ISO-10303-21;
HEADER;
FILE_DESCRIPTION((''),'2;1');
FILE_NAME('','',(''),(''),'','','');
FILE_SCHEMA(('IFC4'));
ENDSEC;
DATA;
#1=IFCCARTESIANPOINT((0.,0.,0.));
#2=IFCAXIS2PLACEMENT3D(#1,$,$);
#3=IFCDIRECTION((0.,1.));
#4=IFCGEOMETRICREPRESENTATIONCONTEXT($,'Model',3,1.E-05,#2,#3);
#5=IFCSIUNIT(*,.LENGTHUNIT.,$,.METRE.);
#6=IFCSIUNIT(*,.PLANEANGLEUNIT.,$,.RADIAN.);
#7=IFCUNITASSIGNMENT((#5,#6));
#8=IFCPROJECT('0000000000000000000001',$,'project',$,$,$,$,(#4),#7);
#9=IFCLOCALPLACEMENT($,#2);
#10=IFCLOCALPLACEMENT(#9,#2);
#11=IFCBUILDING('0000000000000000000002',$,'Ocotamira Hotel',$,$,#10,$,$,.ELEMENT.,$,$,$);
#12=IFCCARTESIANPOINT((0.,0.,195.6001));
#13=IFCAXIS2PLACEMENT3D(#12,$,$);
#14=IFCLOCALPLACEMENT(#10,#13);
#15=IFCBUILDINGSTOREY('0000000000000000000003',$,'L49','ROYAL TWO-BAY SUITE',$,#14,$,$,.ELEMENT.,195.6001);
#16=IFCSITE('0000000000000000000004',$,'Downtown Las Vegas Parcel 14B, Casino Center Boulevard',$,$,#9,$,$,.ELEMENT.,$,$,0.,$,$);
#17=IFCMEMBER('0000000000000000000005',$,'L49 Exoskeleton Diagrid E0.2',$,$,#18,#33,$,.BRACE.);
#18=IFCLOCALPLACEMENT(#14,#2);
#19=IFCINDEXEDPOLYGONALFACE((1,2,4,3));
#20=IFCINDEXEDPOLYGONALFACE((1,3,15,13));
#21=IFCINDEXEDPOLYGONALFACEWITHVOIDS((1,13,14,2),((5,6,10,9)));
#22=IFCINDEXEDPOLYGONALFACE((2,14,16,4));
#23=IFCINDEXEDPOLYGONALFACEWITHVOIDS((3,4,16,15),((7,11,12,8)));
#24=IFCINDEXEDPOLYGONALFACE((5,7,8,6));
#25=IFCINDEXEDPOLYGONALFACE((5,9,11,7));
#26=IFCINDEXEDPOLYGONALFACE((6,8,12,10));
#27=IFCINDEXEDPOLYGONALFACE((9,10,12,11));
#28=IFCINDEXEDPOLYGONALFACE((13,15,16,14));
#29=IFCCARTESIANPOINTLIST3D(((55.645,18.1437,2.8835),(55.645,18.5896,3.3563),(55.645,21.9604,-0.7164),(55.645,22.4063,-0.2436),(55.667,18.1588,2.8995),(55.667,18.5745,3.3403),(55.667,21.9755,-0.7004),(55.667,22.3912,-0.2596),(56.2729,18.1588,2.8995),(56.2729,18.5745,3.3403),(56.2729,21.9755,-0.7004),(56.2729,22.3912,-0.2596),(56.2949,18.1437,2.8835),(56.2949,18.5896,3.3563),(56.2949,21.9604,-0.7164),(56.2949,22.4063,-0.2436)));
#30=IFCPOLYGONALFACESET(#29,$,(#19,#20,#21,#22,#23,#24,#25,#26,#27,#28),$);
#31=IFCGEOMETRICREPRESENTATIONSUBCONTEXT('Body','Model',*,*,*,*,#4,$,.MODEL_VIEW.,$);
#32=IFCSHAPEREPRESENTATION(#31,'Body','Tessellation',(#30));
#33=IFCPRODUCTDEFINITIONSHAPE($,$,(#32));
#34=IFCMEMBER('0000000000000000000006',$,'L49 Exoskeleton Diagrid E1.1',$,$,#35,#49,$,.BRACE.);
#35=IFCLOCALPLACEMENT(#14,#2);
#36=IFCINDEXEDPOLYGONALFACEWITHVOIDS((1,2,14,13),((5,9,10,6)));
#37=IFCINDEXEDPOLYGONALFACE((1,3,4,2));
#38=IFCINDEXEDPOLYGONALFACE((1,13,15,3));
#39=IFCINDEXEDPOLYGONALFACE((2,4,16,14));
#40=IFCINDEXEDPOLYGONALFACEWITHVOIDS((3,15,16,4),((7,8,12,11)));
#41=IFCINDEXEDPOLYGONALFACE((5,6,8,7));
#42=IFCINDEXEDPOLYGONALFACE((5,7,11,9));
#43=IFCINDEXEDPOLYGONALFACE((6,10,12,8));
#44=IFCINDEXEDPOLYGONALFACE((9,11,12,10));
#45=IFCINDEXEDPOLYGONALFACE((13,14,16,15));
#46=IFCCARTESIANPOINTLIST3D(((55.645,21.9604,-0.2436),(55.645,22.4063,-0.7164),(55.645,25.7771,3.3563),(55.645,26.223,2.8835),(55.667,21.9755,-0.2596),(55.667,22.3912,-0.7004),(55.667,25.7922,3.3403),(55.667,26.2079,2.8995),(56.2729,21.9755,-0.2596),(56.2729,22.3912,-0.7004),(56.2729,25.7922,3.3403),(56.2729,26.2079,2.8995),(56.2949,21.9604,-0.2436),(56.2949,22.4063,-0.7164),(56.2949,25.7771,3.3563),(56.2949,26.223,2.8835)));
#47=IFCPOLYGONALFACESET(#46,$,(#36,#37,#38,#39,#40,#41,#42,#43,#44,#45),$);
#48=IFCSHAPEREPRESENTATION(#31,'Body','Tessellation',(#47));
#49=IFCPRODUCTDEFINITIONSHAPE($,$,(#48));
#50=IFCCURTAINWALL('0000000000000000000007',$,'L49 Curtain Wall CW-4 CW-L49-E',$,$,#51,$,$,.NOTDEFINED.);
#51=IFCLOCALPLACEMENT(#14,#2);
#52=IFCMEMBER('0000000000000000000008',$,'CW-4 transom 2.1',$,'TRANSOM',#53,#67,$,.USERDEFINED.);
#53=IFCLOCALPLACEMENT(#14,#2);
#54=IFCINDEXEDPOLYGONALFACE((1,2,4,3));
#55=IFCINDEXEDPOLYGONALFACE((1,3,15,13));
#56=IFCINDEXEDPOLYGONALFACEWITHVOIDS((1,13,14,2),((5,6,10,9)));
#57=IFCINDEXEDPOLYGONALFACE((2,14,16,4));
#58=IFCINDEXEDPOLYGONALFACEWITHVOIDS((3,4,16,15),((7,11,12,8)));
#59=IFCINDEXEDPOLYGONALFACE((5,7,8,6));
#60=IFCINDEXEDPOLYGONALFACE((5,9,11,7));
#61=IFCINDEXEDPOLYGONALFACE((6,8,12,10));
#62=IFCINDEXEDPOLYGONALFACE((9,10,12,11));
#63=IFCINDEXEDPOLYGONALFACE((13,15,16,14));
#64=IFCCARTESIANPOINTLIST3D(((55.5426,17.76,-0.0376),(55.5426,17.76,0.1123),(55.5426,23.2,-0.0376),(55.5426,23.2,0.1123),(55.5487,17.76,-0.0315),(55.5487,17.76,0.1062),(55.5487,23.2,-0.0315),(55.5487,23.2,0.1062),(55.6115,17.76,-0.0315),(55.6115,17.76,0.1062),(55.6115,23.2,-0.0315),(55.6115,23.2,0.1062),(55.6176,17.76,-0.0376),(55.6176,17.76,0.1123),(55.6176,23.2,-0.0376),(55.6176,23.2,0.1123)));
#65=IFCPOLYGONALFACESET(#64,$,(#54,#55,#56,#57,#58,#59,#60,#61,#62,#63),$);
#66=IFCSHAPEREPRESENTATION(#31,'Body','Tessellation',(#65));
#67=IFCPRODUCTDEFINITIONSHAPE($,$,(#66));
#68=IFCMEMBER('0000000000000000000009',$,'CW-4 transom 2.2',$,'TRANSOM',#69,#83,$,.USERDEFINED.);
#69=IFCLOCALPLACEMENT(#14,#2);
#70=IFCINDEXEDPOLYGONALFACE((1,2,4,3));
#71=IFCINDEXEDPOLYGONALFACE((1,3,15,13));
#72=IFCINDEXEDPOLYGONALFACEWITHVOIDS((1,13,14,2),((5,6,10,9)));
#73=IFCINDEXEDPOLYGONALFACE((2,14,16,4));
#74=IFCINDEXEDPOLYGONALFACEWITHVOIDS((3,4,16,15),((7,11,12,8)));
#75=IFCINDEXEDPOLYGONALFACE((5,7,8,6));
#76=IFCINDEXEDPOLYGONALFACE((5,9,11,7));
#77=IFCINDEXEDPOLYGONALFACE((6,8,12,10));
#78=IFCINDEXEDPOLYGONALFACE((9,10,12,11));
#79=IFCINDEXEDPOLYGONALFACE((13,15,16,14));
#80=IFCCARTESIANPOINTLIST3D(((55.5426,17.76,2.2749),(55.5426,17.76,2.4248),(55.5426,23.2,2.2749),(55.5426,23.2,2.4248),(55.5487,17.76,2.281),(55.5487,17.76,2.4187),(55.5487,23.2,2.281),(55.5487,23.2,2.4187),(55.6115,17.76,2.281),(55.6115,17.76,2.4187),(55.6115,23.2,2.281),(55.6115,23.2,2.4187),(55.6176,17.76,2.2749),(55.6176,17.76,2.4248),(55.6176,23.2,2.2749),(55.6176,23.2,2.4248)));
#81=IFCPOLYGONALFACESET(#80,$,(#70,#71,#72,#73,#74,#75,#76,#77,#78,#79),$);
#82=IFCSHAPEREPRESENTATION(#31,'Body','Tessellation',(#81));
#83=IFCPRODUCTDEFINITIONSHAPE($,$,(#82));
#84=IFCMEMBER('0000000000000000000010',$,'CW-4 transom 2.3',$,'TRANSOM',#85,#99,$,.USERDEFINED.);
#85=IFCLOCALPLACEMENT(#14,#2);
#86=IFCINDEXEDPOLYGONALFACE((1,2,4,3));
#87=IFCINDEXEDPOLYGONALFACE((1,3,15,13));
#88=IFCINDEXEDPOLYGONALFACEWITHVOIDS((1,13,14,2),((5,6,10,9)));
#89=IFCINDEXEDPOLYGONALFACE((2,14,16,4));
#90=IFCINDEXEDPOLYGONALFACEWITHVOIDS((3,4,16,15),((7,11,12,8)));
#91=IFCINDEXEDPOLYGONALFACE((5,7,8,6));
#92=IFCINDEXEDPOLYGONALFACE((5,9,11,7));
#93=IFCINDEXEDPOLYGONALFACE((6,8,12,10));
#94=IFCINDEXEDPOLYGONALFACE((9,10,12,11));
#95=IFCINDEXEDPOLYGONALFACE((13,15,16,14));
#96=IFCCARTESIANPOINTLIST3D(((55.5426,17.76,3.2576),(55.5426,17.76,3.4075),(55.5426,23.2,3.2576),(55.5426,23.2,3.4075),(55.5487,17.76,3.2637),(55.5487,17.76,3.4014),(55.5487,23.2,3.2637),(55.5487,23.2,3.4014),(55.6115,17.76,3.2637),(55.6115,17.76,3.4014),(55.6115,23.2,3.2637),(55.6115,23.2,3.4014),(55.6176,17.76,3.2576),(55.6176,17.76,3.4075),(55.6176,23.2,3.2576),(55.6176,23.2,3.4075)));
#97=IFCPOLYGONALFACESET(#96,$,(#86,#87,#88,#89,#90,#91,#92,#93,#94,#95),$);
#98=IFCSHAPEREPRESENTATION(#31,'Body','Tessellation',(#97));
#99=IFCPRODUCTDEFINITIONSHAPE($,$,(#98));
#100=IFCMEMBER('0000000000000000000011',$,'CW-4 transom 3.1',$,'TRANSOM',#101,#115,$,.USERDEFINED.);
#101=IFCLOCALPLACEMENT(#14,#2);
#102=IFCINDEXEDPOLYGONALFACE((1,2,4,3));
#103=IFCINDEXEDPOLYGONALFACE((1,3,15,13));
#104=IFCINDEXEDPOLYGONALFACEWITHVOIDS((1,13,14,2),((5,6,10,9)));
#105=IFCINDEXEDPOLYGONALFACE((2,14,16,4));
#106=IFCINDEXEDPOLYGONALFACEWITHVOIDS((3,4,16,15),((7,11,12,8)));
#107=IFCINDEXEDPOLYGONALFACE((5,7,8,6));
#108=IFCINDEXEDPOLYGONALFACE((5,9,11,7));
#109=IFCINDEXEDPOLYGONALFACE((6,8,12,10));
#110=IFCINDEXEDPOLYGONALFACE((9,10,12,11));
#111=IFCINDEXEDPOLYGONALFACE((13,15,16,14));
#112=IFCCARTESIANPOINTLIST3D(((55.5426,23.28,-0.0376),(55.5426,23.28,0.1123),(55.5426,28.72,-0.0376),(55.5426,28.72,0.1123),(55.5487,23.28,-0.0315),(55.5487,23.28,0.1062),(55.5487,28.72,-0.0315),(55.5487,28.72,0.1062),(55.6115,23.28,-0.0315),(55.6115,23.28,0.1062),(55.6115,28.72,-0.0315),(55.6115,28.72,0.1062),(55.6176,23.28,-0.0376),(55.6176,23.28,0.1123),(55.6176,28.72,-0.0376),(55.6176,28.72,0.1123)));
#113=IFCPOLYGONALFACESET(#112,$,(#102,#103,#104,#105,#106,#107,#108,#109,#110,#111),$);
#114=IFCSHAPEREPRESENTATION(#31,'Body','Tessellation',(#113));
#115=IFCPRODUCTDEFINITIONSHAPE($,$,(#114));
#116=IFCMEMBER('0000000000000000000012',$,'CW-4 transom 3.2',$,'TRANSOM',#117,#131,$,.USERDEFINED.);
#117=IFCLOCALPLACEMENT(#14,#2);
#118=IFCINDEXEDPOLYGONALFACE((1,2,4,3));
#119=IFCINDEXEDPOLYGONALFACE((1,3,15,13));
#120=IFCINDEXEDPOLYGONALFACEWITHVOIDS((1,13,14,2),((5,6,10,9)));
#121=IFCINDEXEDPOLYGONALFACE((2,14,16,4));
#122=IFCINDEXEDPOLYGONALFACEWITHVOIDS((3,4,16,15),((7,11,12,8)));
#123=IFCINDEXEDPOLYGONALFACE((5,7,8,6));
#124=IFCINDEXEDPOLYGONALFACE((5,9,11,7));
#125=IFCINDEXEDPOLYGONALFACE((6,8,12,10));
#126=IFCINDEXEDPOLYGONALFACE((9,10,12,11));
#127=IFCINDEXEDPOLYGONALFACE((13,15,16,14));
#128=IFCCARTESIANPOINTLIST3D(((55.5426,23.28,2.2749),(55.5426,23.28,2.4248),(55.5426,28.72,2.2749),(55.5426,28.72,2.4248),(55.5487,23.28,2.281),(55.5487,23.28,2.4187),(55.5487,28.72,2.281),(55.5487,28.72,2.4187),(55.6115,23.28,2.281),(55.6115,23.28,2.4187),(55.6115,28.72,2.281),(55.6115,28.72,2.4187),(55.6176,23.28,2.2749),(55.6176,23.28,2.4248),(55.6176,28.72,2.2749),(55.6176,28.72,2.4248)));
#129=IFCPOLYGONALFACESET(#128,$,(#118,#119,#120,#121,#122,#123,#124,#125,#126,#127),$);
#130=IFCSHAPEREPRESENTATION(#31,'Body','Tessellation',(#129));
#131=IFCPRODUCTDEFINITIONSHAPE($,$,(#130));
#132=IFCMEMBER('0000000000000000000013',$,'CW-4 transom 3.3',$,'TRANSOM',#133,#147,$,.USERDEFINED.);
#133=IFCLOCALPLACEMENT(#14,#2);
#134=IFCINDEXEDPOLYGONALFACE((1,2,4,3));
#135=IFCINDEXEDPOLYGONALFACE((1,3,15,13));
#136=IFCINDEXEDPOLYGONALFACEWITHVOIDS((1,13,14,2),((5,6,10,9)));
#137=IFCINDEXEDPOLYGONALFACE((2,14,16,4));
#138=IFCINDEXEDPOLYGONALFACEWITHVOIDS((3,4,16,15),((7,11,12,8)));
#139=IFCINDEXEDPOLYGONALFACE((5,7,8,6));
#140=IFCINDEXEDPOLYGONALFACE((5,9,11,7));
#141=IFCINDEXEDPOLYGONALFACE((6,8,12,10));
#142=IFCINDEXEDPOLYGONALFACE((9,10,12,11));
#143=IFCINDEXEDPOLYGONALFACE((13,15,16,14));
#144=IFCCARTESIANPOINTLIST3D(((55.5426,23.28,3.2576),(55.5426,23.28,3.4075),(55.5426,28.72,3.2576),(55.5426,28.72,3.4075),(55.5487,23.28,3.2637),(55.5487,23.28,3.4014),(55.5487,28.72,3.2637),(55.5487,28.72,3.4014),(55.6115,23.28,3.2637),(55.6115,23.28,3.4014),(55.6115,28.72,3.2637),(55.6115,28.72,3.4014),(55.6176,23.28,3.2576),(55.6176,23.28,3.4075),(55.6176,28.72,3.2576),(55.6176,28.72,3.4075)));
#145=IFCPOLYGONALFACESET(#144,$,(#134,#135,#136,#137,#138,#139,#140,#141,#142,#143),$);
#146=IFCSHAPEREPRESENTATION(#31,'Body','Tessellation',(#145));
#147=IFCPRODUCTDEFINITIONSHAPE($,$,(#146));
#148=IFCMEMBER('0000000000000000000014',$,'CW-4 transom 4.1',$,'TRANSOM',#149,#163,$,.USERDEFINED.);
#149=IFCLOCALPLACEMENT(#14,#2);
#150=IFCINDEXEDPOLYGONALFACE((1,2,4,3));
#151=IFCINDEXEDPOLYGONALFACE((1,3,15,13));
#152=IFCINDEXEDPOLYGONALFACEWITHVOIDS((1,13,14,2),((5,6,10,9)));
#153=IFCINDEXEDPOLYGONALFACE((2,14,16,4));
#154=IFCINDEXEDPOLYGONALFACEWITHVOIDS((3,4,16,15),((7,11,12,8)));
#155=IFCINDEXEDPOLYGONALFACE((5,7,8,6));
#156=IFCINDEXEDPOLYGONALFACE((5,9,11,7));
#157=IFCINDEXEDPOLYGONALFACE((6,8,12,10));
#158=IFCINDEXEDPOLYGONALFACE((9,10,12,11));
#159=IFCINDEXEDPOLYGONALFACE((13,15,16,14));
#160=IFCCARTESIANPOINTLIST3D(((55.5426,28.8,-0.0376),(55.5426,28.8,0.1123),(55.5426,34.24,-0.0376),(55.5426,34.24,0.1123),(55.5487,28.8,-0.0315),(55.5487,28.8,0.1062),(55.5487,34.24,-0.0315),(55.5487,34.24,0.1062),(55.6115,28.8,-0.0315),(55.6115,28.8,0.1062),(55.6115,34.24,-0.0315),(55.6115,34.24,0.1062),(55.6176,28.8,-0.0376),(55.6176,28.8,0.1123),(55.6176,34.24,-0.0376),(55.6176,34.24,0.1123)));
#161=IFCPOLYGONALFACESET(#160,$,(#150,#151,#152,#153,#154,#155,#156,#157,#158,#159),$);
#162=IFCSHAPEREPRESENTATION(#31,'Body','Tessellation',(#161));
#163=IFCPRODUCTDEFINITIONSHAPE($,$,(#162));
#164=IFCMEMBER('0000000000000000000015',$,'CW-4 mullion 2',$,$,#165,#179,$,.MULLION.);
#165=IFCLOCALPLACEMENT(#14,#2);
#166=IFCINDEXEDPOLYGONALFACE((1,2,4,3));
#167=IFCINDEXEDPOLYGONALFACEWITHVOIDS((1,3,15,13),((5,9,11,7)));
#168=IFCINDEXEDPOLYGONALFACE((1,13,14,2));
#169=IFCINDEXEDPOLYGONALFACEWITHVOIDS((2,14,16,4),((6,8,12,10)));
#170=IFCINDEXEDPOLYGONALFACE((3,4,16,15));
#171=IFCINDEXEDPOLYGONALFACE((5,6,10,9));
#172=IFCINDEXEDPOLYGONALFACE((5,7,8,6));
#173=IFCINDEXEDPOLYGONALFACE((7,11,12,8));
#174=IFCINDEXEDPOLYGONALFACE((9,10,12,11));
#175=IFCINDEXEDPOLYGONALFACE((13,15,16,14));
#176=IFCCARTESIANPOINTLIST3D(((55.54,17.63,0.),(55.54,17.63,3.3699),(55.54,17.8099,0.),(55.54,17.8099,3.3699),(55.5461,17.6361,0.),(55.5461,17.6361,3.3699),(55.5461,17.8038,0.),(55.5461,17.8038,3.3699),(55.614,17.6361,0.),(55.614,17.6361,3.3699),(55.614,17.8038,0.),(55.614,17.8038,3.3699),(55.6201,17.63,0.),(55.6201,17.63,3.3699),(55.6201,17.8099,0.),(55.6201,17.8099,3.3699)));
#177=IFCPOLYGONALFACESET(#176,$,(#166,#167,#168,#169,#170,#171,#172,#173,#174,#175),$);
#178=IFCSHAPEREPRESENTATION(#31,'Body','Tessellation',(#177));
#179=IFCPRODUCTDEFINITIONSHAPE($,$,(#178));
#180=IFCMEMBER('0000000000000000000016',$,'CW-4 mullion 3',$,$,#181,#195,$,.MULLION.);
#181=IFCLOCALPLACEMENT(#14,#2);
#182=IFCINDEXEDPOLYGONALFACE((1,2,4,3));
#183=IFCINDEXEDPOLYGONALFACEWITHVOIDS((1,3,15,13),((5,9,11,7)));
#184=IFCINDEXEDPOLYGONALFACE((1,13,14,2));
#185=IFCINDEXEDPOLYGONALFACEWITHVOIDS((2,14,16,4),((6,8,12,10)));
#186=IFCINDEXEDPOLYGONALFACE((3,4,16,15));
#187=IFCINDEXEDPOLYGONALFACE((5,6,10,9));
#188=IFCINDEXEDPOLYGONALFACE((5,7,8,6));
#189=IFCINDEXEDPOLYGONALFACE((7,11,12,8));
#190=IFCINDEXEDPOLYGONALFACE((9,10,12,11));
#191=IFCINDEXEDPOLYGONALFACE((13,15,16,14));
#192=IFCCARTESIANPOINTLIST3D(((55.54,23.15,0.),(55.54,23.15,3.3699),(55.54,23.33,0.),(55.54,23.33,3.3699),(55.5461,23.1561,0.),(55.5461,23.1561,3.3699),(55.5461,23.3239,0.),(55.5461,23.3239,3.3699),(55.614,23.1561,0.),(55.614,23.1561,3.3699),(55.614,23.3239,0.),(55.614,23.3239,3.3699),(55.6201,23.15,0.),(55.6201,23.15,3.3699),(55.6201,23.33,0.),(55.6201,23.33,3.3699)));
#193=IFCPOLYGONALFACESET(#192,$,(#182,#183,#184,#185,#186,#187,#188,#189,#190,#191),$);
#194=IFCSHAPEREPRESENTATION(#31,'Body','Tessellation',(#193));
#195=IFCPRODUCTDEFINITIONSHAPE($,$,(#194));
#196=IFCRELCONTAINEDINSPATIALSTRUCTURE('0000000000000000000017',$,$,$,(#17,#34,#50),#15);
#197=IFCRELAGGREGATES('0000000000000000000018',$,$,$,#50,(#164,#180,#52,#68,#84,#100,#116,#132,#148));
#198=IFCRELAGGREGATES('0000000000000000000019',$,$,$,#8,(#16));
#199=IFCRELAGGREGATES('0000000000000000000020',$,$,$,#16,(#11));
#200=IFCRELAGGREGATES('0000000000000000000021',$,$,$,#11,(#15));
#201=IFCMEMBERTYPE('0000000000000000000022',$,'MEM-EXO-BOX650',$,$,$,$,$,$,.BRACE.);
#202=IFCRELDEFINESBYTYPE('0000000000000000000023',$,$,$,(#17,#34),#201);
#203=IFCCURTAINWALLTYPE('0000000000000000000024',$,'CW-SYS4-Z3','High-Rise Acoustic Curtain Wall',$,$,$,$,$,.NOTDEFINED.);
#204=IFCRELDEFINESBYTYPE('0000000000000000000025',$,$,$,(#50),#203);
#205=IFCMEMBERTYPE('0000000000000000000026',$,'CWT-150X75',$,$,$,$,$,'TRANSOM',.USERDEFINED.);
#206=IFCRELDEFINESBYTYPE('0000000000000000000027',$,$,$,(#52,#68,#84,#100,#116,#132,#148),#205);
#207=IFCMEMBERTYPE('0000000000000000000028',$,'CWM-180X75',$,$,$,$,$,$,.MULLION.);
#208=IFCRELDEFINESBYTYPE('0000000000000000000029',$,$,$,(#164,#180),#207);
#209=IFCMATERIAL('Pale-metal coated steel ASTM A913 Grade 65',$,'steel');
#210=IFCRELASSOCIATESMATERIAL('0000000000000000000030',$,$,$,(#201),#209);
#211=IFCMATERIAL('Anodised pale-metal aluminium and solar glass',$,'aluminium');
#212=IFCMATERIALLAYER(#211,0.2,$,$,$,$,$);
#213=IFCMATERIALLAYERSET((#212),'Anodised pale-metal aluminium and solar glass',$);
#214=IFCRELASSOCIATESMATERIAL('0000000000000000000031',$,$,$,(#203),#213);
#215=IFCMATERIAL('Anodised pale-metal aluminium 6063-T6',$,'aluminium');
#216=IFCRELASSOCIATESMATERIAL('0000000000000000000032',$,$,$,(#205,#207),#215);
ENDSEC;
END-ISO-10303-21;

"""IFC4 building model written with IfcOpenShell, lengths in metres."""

from ifc_helpers import new_model, si_unit, direction, frame, origin, origin_2d, place, context, subcontext, project, spatial, hollow_rectangle, extrude, source, transform, mapped, material, layer, layer_set, material_profile, profile_set, type_object, element, aggregate, save


model = new_model("IFC4")

# Units and contexts
model_context = context("Model", 3, precision=1e-05, world=origin(), true_north=direction((0.0, 1.0)))
body_context = subcontext(model_context, "Body", "Model", "MODEL_VIEW")
ifc_project = project(units=[si_unit("LENGTHUNIT", "METRE"), si_unit("PLANEANGLEUNIT", "RADIAN")], contexts=[model_context])

# Site, building, storey
site_placement = place(None, origin())
site = spatial("IfcSite", under=ifc_project, at=site_placement, Name="Downtown Las Vegas Parcel 14B, Casino Center Boulevard", CompositionType="ELEMENT", RefElevation=0.0)
building_placement = place(site_placement, origin())
building = spatial("IfcBuilding", under=site, at=building_placement, Name="Ocotamira Hotel", CompositionType="ELEMENT")
storey_placement = place(building_placement, frame((0.0, 0.0, 195.6001)))
storey = spatial("IfcBuildingStorey", under=building, at=storey_placement, Name="L49", Description="ROYAL TWO-BAY SUITE", CompositionType="ELEMENT", Elevation=195.6001)

# Members
ifc_material_1 = material(Name="Pale-metal coated steel ASTM A913 Grade 65", Category="steel")
ifc_material_profile_1 = material_profile(ifc_material_1, hollow_rectangle(XDim=0.6499, YDim=0.6499, WallThickness=0.022, at=origin_2d()), Name="BOX650X650X22")
ifc_profile_set_1 = profile_set([ifc_material_profile_1], Name="Pale-metal coated steel ASTM A913 Grade 65")
member_type_1 = type_object("IfcMemberType", Name="MEM-EXO-BOX650", PredefinedType="BRACE", material=ifc_profile_set_1)
shared_shape_1 = source(origin(), body_context, "Body", "SweptSolid", [
    extrude(hollow_rectangle(XDim=0.6499, YDim=0.6499, WallThickness=0.022, at=origin_2d()), origin(), (0.0, 0.0, 1.0), 5.2466),
])
for number, where, z_axis, x_axis, name in (
    (1, (55.97, 22.1833, -0.48), (0.0, -0.727466, 0.686144), (1.0, 0.0, 0.0), "L49 Exoskeleton Diagrid E0.2"),
    (2, (55.97, 22.1833, -0.48), (0.0, 0.727466, 0.686144), (-1.0, 0.0, 0.0), "L49 Exoskeleton Diagrid E1.1"),
):
    element("IfcMember", number, at=place(storey_placement, frame(where, z_axis=z_axis, x_axis=x_axis)), inside=storey, type_object=member_type_1, Name=name, PredefinedType="BRACE", context=body_context, shape_type="MappedRepresentation", body=[
        mapped(shared_shape_1, transform((0.0, 0.0, 0.0), scale=1.0)),
    ])

# Curtain wall, members
ifc_material_2 = material(Name="Anodised pale-metal aluminium and solar glass", Category="aluminium")
ifc_layer_1 = layer(ifc_material_2, 0.2)
ifc_layer_set_1 = layer_set([ifc_layer_1], Name="Anodised pale-metal aluminium and solar glass")
curtain_wall_type = type_object("IfcCurtainWallType", Name="CW-SYS4-Z3", Description="High-Rise Acoustic Curtain Wall", PredefinedType="NOTDEFINED", material=ifc_layer_set_1)
curtain_wall_placement = place(storey_placement, origin())
curtain_wall = element("IfcCurtainWall", 3, at=curtain_wall_placement, inside=storey, type_object=curtain_wall_type, Name="L49 Curtain Wall CW-4 CW-L49-E", PredefinedType="NOTDEFINED")
ifc_material_3 = material(Name="Anodised pale-metal aluminium 6063-T6", Category="aluminium")
ifc_material_profile_2 = material_profile(ifc_material_3, hollow_rectangle(XDim=0.075, YDim=0.1499, WallThickness=0.0061, at=origin_2d()), Name="HSS150X75X6")
ifc_profile_set_2 = profile_set([ifc_material_profile_2], Name="Anodised pale-metal aluminium 6063-T6")
member_type_2 = type_object("IfcMemberType", Name="CWT-150X75", ElementType="TRANSOM", PredefinedType="USERDEFINED", material=ifc_profile_set_2)
shared_shape_2 = source(origin(), body_context, "Body", "SweptSolid", [
    extrude(hollow_rectangle(XDim=0.075, YDim=0.1499, WallThickness=0.0061, at=origin_2d()), origin(), (0.0, 0.0, 1.0), 5.4399),
])
member_1_placement = place(storey_placement, frame((55.5801, 17.76, 0.0374), z_axis=(0.0, 1.0, 0.0), x_axis=(-1.0, 0.0, 0.0)))
member_1 = element("IfcMember", 4, at=member_1_placement, type_object=member_type_2, Name="CW-4 transom 2.1", ObjectType="TRANSOM", PredefinedType="USERDEFINED", context=body_context, shape_type="MappedRepresentation", body=[
    mapped(shared_shape_2, transform((0.0, 0.0, 0.0), scale=1.0)),
])
member_2_placement = place(storey_placement, frame((55.5801, 17.76, 2.3499), z_axis=(0.0, 1.0, 0.0), x_axis=(-1.0, 0.0, 0.0)))
member_2 = element("IfcMember", 5, at=member_2_placement, type_object=member_type_2, Name="CW-4 transom 2.2", ObjectType="TRANSOM", PredefinedType="USERDEFINED", context=body_context, shape_type="MappedRepresentation", body=[
    mapped(shared_shape_2, transform((0.0, 0.0, 0.0), scale=1.0)),
])
member_3_placement = place(storey_placement, frame((55.5801, 17.76, 3.3325), z_axis=(0.0, 1.0, 0.0), x_axis=(-1.0, 0.0, 0.0)))
member_3 = element("IfcMember", 6, at=member_3_placement, type_object=member_type_2, Name="CW-4 transom 2.3", ObjectType="TRANSOM", PredefinedType="USERDEFINED", context=body_context, shape_type="MappedRepresentation", body=[
    mapped(shared_shape_2, transform((0.0, 0.0, 0.0), scale=1.0)),
])
member_4_placement = place(storey_placement, frame((55.5801, 23.28, 0.0374), z_axis=(0.0, 1.0, 0.0), x_axis=(-1.0, 0.0, 0.0)))
member_4 = element("IfcMember", 7, at=member_4_placement, type_object=member_type_2, Name="CW-4 transom 3.1", ObjectType="TRANSOM", PredefinedType="USERDEFINED", context=body_context, shape_type="MappedRepresentation", body=[
    mapped(shared_shape_2, transform((0.0, 0.0, 0.0), scale=1.0)),
])
member_5_placement = place(storey_placement, frame((55.5801, 23.28, 2.3499), z_axis=(0.0, 1.0, 0.0), x_axis=(-1.0, 0.0, 0.0)))
member_5 = element("IfcMember", 8, at=member_5_placement, type_object=member_type_2, Name="CW-4 transom 3.2", ObjectType="TRANSOM", PredefinedType="USERDEFINED", context=body_context, shape_type="MappedRepresentation", body=[
    mapped(shared_shape_2, transform((0.0, 0.0, 0.0), scale=1.0)),
])
member_6_placement = place(storey_placement, frame((55.5801, 23.28, 3.3325), z_axis=(0.0, 1.0, 0.0), x_axis=(-1.0, 0.0, 0.0)))
member_6 = element("IfcMember", 9, at=member_6_placement, type_object=member_type_2, Name="CW-4 transom 3.3", ObjectType="TRANSOM", PredefinedType="USERDEFINED", context=body_context, shape_type="MappedRepresentation", body=[
    mapped(shared_shape_2, transform((0.0, 0.0, 0.0), scale=1.0)),
])
member_7_placement = place(storey_placement, frame((55.5801, 28.8, 0.0374), z_axis=(0.0, 1.0, 0.0), x_axis=(-1.0, 0.0, 0.0)))
member_7 = element("IfcMember", 10, at=member_7_placement, type_object=member_type_2, Name="CW-4 transom 4.1", ObjectType="TRANSOM", PredefinedType="USERDEFINED", context=body_context, shape_type="MappedRepresentation", body=[
    mapped(shared_shape_2, transform((0.0, 0.0, 0.0), scale=1.0)),
])
ifc_material_profile_3 = material_profile(ifc_material_3, hollow_rectangle(XDim=0.0801, YDim=0.1799, WallThickness=0.0061, at=origin_2d()), Name="HSS180X80X6")
ifc_profile_set_3 = profile_set([ifc_material_profile_3], Name="Anodised pale-metal aluminium 6063-T6")
member_type_3 = type_object("IfcMemberType", Name="CWM-180X75", PredefinedType="MULLION", material=ifc_profile_set_3)
shared_shape_3 = source(origin(), body_context, "Body", "SweptSolid", [
    extrude(hollow_rectangle(XDim=0.0801, YDim=0.1799, WallThickness=0.0061, at=origin_2d()), origin(), (0.0, 0.0, 1.0), 3.3699),
])
member_8_placement = place(storey_placement, frame((55.5801, 17.72, 0.0), z_axis=(0.0, 0.0, 1.0), x_axis=(-1.0, 0.0, 0.0)))
member_8 = element("IfcMember", 11, at=member_8_placement, type_object=member_type_3, Name="CW-4 mullion 2", PredefinedType="MULLION", context=body_context, shape_type="MappedRepresentation", body=[
    mapped(shared_shape_3, transform((0.0, 0.0, 0.0), scale=1.0)),
])
member_9_placement = place(storey_placement, frame((55.5801, 23.24, 0.0), z_axis=(0.0, 0.0, 1.0), x_axis=(-1.0, 0.0, 0.0)))
member_9 = element("IfcMember", 12, at=member_9_placement, type_object=member_type_3, Name="CW-4 mullion 3", PredefinedType="MULLION", context=body_context, shape_type="MappedRepresentation", body=[
    mapped(shared_shape_3, transform((0.0, 0.0, 0.0), scale=1.0)),
])

aggregate(curtain_wall, [member_8, member_9, member_1, member_2, member_3, member_4, member_5, member_6, member_7])

save(model, "model.ifc")
